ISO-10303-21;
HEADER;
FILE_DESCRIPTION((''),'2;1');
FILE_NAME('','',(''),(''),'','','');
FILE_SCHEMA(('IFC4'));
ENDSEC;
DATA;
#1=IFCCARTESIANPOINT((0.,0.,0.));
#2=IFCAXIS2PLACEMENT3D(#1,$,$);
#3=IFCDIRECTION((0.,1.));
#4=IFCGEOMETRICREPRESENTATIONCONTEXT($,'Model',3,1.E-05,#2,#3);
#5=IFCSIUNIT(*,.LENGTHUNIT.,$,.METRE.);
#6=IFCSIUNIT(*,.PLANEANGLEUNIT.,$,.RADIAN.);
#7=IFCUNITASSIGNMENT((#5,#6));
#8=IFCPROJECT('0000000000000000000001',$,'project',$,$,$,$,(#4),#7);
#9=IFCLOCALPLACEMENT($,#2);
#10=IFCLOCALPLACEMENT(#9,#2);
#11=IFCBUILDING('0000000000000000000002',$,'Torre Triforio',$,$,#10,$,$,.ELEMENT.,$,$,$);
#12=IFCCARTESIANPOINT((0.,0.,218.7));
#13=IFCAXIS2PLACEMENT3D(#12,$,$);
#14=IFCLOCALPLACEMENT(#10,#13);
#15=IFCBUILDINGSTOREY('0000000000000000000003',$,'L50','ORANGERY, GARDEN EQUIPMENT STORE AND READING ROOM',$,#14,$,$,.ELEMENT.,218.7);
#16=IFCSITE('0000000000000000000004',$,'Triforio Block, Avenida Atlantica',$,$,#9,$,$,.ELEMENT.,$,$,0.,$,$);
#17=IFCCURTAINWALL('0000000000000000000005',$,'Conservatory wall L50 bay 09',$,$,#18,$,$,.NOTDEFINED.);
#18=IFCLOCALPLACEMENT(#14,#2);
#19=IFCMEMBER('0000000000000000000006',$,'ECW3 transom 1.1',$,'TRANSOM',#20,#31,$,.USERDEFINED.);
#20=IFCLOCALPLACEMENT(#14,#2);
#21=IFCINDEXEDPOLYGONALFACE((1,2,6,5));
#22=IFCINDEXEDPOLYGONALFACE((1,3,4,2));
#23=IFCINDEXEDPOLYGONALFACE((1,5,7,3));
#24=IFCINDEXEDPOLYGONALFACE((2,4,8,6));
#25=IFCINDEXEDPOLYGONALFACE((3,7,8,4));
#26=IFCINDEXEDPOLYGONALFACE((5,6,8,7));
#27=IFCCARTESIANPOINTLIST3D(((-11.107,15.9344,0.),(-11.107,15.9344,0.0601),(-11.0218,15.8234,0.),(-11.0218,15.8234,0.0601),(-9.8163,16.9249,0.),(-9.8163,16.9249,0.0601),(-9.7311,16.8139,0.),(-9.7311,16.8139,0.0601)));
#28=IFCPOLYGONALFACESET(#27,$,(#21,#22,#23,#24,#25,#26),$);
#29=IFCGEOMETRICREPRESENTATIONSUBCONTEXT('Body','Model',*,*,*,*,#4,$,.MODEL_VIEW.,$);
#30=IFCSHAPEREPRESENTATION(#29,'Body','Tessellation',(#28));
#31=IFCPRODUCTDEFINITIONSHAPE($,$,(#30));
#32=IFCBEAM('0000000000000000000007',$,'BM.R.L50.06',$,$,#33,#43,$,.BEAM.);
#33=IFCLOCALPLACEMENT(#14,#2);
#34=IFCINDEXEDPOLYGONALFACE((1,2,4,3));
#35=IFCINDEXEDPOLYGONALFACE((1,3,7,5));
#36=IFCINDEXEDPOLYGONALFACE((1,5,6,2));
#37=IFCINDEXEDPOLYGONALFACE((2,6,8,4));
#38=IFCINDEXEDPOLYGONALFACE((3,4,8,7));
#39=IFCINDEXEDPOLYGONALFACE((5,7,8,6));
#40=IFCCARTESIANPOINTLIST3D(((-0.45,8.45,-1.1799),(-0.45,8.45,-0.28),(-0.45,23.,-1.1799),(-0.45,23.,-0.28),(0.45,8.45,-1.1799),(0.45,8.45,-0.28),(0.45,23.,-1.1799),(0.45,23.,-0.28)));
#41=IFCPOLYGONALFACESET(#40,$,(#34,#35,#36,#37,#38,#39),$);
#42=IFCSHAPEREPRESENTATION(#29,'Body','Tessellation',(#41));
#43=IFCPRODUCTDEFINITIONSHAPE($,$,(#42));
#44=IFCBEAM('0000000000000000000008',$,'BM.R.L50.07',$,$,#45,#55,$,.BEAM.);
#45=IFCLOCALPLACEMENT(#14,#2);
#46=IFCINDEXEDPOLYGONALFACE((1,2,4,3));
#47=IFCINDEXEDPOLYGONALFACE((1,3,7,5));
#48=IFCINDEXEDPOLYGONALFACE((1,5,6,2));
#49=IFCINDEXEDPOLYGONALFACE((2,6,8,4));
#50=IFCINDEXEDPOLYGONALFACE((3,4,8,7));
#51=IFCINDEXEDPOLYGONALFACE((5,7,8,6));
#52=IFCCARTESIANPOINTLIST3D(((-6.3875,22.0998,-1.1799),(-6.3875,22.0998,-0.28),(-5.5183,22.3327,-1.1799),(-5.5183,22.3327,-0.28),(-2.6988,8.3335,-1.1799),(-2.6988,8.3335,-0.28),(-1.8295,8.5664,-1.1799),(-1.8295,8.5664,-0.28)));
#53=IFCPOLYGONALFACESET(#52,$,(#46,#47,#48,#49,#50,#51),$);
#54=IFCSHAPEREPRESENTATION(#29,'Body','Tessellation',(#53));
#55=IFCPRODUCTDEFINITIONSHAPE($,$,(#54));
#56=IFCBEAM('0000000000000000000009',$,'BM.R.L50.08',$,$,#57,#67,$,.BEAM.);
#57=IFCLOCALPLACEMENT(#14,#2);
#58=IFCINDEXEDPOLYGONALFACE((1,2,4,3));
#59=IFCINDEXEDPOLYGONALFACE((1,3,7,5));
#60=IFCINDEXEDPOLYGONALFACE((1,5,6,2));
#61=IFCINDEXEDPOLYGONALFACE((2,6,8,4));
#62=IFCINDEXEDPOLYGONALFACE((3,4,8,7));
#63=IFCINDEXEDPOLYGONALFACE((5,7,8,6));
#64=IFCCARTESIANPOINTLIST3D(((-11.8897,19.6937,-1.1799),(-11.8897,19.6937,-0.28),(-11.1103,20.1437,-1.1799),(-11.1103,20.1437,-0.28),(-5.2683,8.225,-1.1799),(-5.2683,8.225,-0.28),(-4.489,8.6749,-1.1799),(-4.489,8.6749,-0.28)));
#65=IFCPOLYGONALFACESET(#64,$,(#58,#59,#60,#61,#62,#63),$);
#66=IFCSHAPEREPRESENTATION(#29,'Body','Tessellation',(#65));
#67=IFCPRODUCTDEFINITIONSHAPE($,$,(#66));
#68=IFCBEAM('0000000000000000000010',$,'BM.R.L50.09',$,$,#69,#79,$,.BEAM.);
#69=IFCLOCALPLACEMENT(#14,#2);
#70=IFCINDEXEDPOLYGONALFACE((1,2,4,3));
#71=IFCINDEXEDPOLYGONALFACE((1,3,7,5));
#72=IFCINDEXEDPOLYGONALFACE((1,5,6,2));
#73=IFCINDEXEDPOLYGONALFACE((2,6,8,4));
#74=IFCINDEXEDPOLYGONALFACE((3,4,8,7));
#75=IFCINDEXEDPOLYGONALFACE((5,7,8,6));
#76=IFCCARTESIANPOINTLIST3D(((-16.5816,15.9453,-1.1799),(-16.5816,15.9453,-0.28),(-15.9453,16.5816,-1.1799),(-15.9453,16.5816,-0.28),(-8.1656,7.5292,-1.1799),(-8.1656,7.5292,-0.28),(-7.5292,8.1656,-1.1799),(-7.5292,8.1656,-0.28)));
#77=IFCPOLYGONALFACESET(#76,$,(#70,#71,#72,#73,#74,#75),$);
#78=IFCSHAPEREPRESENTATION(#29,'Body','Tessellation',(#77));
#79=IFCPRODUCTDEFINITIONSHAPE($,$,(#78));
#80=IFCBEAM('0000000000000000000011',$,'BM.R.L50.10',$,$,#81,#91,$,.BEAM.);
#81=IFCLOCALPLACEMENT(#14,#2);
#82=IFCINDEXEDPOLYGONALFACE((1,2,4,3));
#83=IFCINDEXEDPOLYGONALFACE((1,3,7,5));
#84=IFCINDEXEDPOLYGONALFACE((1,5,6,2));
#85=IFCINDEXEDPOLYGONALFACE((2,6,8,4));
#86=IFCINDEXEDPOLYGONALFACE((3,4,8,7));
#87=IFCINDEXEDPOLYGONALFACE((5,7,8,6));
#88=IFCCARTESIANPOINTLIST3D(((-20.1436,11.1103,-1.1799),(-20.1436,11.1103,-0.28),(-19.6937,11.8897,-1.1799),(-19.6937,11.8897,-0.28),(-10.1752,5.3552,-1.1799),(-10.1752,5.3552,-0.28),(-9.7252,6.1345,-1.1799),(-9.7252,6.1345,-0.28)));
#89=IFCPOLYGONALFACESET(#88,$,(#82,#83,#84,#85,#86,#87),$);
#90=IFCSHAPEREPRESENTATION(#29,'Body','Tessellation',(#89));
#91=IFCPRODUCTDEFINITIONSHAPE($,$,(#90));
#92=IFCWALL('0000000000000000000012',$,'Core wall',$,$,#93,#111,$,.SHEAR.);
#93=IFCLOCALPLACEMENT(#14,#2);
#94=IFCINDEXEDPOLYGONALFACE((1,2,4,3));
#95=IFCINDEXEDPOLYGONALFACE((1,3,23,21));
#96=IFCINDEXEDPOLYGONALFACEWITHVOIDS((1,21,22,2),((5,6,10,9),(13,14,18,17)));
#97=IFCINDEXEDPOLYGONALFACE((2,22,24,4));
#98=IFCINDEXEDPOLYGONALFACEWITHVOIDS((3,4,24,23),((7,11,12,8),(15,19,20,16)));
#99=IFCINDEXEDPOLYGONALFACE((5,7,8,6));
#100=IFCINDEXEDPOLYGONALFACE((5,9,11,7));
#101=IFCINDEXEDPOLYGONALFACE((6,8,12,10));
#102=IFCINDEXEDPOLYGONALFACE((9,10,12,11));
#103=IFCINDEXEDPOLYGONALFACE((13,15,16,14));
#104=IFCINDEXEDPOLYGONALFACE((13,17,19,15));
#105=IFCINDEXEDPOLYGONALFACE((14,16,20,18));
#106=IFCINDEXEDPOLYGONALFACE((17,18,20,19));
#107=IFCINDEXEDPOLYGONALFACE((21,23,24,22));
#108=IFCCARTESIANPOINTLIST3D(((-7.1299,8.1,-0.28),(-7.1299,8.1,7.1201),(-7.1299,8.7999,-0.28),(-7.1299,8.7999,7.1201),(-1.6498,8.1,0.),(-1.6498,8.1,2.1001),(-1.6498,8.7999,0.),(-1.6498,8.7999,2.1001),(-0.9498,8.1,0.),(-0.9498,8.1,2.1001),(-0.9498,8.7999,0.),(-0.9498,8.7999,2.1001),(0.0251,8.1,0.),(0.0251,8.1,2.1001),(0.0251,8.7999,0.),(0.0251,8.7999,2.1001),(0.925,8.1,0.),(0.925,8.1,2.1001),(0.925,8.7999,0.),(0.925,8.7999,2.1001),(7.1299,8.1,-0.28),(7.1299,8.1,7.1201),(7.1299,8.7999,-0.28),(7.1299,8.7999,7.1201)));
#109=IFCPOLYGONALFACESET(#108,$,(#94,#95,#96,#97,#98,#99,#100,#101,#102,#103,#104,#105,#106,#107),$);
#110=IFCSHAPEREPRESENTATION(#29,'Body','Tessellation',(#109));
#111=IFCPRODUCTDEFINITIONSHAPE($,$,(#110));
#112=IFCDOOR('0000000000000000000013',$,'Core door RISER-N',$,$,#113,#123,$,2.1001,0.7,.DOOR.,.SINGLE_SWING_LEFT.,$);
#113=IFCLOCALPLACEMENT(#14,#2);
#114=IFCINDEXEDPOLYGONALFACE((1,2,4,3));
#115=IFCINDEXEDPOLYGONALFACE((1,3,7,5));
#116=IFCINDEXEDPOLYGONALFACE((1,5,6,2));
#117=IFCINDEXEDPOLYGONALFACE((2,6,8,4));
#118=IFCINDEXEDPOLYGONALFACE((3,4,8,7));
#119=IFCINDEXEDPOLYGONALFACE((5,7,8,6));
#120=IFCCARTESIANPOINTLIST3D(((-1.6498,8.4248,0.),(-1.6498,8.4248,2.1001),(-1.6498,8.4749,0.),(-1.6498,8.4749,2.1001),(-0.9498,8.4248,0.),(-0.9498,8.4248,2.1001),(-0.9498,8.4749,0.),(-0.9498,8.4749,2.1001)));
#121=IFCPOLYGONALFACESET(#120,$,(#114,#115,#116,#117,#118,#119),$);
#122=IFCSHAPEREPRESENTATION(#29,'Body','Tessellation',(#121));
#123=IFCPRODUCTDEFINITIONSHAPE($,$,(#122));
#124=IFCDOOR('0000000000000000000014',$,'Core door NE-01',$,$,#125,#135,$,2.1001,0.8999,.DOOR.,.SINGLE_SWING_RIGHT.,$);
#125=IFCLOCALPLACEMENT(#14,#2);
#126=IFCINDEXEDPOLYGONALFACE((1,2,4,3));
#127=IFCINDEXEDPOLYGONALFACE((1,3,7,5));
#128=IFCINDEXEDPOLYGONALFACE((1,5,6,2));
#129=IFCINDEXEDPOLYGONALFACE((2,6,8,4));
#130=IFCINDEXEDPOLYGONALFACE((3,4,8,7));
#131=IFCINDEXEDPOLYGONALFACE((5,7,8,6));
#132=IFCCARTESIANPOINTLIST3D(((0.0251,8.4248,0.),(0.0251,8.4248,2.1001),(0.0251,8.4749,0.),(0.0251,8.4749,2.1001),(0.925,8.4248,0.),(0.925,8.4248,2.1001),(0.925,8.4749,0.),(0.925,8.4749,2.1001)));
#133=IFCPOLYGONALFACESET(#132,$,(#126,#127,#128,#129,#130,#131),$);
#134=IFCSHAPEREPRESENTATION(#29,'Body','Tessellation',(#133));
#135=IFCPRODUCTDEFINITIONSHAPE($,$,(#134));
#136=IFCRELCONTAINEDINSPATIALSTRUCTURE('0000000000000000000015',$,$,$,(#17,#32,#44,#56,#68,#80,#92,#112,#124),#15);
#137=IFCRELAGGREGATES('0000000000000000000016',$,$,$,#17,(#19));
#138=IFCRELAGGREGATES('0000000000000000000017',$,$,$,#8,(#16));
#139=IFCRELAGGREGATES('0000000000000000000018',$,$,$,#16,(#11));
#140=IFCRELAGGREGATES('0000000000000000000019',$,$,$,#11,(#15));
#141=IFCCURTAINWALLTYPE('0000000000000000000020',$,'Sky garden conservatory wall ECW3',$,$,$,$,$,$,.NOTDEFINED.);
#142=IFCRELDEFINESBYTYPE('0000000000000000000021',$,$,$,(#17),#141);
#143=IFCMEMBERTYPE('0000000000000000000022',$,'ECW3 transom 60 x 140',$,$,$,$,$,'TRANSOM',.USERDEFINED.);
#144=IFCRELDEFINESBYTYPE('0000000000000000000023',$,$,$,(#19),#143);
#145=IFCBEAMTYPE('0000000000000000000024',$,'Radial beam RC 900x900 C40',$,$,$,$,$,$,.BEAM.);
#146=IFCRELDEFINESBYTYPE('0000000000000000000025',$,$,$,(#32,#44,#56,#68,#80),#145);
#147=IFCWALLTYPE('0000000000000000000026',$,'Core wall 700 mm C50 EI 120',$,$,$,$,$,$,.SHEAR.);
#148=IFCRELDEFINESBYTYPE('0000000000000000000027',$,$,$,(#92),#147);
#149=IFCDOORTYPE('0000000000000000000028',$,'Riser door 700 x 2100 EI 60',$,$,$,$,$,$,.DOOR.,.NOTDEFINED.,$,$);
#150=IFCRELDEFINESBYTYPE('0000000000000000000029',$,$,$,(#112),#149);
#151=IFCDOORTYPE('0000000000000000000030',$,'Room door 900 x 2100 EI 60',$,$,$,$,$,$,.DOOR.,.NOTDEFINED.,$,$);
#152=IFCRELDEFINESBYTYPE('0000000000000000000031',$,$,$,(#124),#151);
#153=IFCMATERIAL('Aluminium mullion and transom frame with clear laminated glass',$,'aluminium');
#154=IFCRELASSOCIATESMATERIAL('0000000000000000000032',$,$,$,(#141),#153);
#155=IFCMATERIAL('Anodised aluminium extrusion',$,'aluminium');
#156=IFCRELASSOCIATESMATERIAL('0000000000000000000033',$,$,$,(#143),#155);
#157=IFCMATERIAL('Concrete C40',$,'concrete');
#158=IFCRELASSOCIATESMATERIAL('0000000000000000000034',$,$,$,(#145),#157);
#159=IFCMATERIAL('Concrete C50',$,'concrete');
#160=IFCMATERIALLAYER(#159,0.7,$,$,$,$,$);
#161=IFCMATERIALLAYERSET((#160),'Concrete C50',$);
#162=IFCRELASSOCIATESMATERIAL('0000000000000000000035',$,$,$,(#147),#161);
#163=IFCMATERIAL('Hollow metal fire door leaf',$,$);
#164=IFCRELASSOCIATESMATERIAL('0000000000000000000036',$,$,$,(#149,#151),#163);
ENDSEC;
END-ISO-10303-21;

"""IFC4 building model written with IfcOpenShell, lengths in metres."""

from ifc_helpers import new_model, si_unit, direction, frame, frame_2d, origin, origin_2d, place, context, subcontext, project, spatial, rectangle, extrude, material, layer, layer_set, material_profile, profile_set, type_object, element, fill, aggregate, save


model = new_model("IFC4")

# Units and contexts
model_context = context("Model", 3, precision=1e-05, world=origin(), true_north=direction((0.0, 1.0)))
body_context = subcontext(model_context, "Body", "Model", "MODEL_VIEW")
ifc_project = project(units=[si_unit("LENGTHUNIT", "METRE"), si_unit("PLANEANGLEUNIT", "RADIAN")], contexts=[model_context])

# Site, building, storey
site_placement = place(None, origin())
site = spatial("IfcSite", under=ifc_project, at=site_placement, Name="Triforio Block, Avenida Atlantica", CompositionType="ELEMENT", RefElevation=0.0)
building_placement = place(site_placement, origin())
building = spatial("IfcBuilding", under=site, at=building_placement, Name="Torre Triforio", CompositionType="ELEMENT")
storey_placement = place(building_placement, frame((0.0, 0.0, 218.7)))
storey = spatial("IfcBuildingStorey", under=building, at=storey_placement, Name="L50", Description="ORANGERY, GARDEN EQUIPMENT STORE AND READING ROOM", CompositionType="ELEMENT", Elevation=218.7)

# Curtain wall, member
ifc_material_1 = material(Name="Aluminium mullion and transom frame with clear laminated glass", Category="aluminium")
curtain_wall_type = type_object("IfcCurtainWallType", Name="Sky garden conservatory wall ECW3", PredefinedType="NOTDEFINED", material=ifc_material_1)
curtain_wall_placement = place(storey_placement, origin())
curtain_wall = element("IfcCurtainWall", 1, at=curtain_wall_placement, inside=storey, type_object=curtain_wall_type, Name="Conservatory wall L50 bay 09", PredefinedType="NOTDEFINED")
ifc_material_2 = material(Name="Anodised aluminium extrusion", Category="aluminium")
ifc_material_profile_1 = material_profile(ifc_material_2, rectangle(XDim=0.1399, YDim=0.0601, at=origin_2d()), Name="ECW3 TRANSOM 60x140")
ifc_profile_set_1 = profile_set([ifc_material_profile_1], Name="Anodised aluminium extrusion")
member_type = type_object("IfcMemberType", Name="ECW3 transom 60 x 140", ElementType="TRANSOM", PredefinedType="USERDEFINED", material=ifc_profile_set_1)
member_placement = place(storey_placement, frame((-9.7737, 16.8694, 0.03), z_axis=(-0.793343, -0.608775, 0.0), x_axis=(0.608775, -0.793343, 0.0)))
member = element("IfcMember", 2, at=member_placement, type_object=member_type, Name="ECW3 transom 1.1", ObjectType="TRANSOM", PredefinedType="USERDEFINED", context=body_context, shape_type="SweptSolid", body=[
    extrude(rectangle(XDim=0.1399, YDim=0.0601, at=origin_2d()), origin(), (0.0, 0.0, 1.0), 1.627),
])
aggregate(curtain_wall, [member])

# Beams
ifc_material_3 = material(Name="Concrete C40", Category="concrete")
ifc_material_profile_2 = material_profile(ifc_material_3, rectangle(XDim=0.8999, YDim=0.8999, at=origin_2d()), Name="RC 900x900")
ifc_profile_set_2 = profile_set([ifc_material_profile_2], Name="Concrete C40")
beam_type = type_object("IfcBeamType", Name="Radial beam RC 900x900 C40", PredefinedType="BEAM", material=ifc_profile_set_2)
beam_1_placement = place(storey_placement, frame((0.0, 8.45, -0.73), z_axis=(0.0, 1.0, 0.0), x_axis=(-1.0, 0.0, 0.0)))
element("IfcBeam", 3, at=beam_1_placement, inside=storey, type_object=beam_type, Name="BM.R.L50.06", PredefinedType="BEAM", context=body_context, shape_type="SweptSolid", body=[
    extrude(rectangle(XDim=0.8999, YDim=0.8999, at=origin_2d()), origin(), (0.0, 0.0, 1.0), 14.55),
])
beam_2_placement = place(storey_placement, frame((-2.2642, 8.45, -0.73), z_axis=(-0.258821, 0.965925, 0.0), x_axis=(-0.965925, -0.258821, 0.0)))
element("IfcBeam", 4, at=beam_2_placement, inside=storey, type_object=beam_type, Name="BM.R.L50.07", PredefinedType="BEAM", context=body_context, shape_type="SweptSolid", body=[
    extrude(rectangle(XDim=0.8999, YDim=0.8999, at=origin_2d()), origin(), (0.0, 0.0, 1.0), 14.252),
])
beam_3_placement = place(storey_placement, frame((-4.8787, 8.45, -0.73), z_axis=(-0.499992, 0.86603, 0.0), x_axis=(-0.86603, -0.499992, 0.0)))
element("IfcBeam", 5, at=beam_3_placement, inside=storey, type_object=beam_type, Name="BM.R.L50.08", PredefinedType="BEAM", context=body_context, shape_type="SweptSolid", body=[
    extrude(rectangle(XDim=0.8999, YDim=0.8999, at=origin_2d()), origin(), (0.0, 0.0, 1.0), 13.2429),
])
beam_4_placement = place(storey_placement, frame((-7.8474, 7.8474, -0.73), z_axis=(-0.707107, 0.707107, 0.0), x_axis=(-0.707107, -0.707107, 0.0)))
element("IfcBeam", 6, at=beam_4_placement, inside=storey, type_object=beam_type, Name="BM.R.L50.09", PredefinedType="BEAM", context=body_context, shape_type="SweptSolid", body=[
    extrude(rectangle(XDim=0.8999, YDim=0.8999, at=origin_2d()), origin(), (0.0, 0.0, 1.0), 11.9021),
])
beam_5_placement = place(storey_placement, frame((-9.9502, 5.7449, -0.73), z_axis=(-0.866033, 0.499987, 0.0), x_axis=(-0.499987, -0.866033, 0.0)))
element("IfcBeam", 7, at=beam_5_placement, inside=storey, type_object=beam_type, Name="BM.R.L50.10", PredefinedType="BEAM", context=body_context, shape_type="SweptSolid", body=[
    extrude(rectangle(XDim=0.8999, YDim=0.8999, at=origin_2d()), origin(), (0.0, 0.0, 1.0), 11.5105),
])

# Wall, openings, doors
ifc_material_4 = material(Name="Concrete C50", Category="concrete")
ifc_layer_1 = layer(ifc_material_4, 0.7)
ifc_layer_set_1 = layer_set([ifc_layer_1], Name="Concrete C50")
wall_type_1 = type_object("IfcWallType", Name="Core wall 700 mm C50 EI 120", PredefinedType="SHEAR", material=ifc_layer_set_1)
wall_1_placement = place(storey_placement, frame((-7.1299, 8.45, -0.28), z_axis=(0.0, 0.0, 1.0), x_axis=(1.0, 0.0, 0.0)))
wall_1 = element("IfcWall", 8, at=wall_1_placement, inside=storey, type_object=wall_type_1, Name="Core wall", PredefinedType="SHEAR", context=body_context, shape_type="SweptSolid", body=[
    extrude(rectangle(XDim=14.2598, YDim=0.7, at=frame_2d((7.1299, 0.0))), origin(), (0.0, 0.0, 1.0), 7.4001),
])
opening_1_placement = place(wall_1_placement, frame((5.48, 0.0, 0.28)))
opening_1 = element("IfcOpeningElement", 9, at=opening_1_placement, cuts=wall_1, PredefinedType="OPENING", context=body_context, shape_type="SweptSolid", body=[
    extrude(rectangle(XDim=0.7, YDim=2.1001, at=frame_2d((0.3501, 1.05))), frame((0.0, 0.3599, 0.0), z_axis=(0.0, -1.0, 0.0), x_axis=(1.0, 0.0, 0.0)), (0.0, 0.0, 1.0), 0.72),
])
opening_2_placement = place(wall_1_placement, frame((7.155, 0.0, 0.28)))
opening_2 = element("IfcOpeningElement", 10, at=opening_2_placement, cuts=wall_1, PredefinedType="OPENING", context=body_context, shape_type="SweptSolid", body=[
    extrude(rectangle(XDim=0.8999, YDim=2.1001, at=frame_2d((0.45, 1.05))), frame((0.0, 0.3599, 0.0), z_axis=(0.0, -1.0, 0.0), x_axis=(1.0, 0.0, 0.0)), (0.0, 0.0, 1.0), 0.72),
])
ifc_material_5 = material(Name="Hollow metal fire door leaf")
door_type_1 = type_object("IfcDoorType", Name="Riser door 700 x 2100 EI 60", OperationType="NOTDEFINED", PredefinedType="DOOR", material=ifc_material_5)
door_1_placement = place(opening_1_placement, origin())
door_1 = element("IfcDoor", 11, at=door_1_placement, inside=storey, type_object=door_type_1, Name="Core door RISER-N", OperationType="SINGLE_SWING_LEFT", OverallHeight=2.1001, OverallWidth=0.7, PredefinedType="DOOR", context=body_context, shape_type="SweptSolid", body=[
    extrude(rectangle(XDim=0.7, YDim=2.1001, at=frame_2d((0.3501, 1.05))), frame((0.0, 0.0249, 0.0), z_axis=(0.0, -1.0, 0.0), x_axis=(1.0, 0.0, 0.0)), (0.0, 0.0, 1.0), 0.05),
])
fill(opening_1, door_1)
door_type_2 = type_object("IfcDoorType", Name="Room door 900 x 2100 EI 60", OperationType="NOTDEFINED", PredefinedType="DOOR", material=ifc_material_5)
door_2_placement = place(opening_2_placement, origin())
door_2 = element("IfcDoor", 12, at=door_2_placement, inside=storey, type_object=door_type_2, Name="Core door NE-01", OperationType="SINGLE_SWING_RIGHT", OverallHeight=2.1001, OverallWidth=0.8999, PredefinedType="DOOR", context=body_context, shape_type="SweptSolid", body=[
    extrude(rectangle(XDim=0.8999, YDim=2.1001, at=frame_2d((0.45, 1.05))), frame((0.0, 0.0249, 0.0), z_axis=(0.0, -1.0, 0.0), x_axis=(1.0, 0.0, 0.0)), (0.0, 0.0, 1.0), 0.05),
])
fill(opening_2, door_2)

save(model, "model.ifc")
